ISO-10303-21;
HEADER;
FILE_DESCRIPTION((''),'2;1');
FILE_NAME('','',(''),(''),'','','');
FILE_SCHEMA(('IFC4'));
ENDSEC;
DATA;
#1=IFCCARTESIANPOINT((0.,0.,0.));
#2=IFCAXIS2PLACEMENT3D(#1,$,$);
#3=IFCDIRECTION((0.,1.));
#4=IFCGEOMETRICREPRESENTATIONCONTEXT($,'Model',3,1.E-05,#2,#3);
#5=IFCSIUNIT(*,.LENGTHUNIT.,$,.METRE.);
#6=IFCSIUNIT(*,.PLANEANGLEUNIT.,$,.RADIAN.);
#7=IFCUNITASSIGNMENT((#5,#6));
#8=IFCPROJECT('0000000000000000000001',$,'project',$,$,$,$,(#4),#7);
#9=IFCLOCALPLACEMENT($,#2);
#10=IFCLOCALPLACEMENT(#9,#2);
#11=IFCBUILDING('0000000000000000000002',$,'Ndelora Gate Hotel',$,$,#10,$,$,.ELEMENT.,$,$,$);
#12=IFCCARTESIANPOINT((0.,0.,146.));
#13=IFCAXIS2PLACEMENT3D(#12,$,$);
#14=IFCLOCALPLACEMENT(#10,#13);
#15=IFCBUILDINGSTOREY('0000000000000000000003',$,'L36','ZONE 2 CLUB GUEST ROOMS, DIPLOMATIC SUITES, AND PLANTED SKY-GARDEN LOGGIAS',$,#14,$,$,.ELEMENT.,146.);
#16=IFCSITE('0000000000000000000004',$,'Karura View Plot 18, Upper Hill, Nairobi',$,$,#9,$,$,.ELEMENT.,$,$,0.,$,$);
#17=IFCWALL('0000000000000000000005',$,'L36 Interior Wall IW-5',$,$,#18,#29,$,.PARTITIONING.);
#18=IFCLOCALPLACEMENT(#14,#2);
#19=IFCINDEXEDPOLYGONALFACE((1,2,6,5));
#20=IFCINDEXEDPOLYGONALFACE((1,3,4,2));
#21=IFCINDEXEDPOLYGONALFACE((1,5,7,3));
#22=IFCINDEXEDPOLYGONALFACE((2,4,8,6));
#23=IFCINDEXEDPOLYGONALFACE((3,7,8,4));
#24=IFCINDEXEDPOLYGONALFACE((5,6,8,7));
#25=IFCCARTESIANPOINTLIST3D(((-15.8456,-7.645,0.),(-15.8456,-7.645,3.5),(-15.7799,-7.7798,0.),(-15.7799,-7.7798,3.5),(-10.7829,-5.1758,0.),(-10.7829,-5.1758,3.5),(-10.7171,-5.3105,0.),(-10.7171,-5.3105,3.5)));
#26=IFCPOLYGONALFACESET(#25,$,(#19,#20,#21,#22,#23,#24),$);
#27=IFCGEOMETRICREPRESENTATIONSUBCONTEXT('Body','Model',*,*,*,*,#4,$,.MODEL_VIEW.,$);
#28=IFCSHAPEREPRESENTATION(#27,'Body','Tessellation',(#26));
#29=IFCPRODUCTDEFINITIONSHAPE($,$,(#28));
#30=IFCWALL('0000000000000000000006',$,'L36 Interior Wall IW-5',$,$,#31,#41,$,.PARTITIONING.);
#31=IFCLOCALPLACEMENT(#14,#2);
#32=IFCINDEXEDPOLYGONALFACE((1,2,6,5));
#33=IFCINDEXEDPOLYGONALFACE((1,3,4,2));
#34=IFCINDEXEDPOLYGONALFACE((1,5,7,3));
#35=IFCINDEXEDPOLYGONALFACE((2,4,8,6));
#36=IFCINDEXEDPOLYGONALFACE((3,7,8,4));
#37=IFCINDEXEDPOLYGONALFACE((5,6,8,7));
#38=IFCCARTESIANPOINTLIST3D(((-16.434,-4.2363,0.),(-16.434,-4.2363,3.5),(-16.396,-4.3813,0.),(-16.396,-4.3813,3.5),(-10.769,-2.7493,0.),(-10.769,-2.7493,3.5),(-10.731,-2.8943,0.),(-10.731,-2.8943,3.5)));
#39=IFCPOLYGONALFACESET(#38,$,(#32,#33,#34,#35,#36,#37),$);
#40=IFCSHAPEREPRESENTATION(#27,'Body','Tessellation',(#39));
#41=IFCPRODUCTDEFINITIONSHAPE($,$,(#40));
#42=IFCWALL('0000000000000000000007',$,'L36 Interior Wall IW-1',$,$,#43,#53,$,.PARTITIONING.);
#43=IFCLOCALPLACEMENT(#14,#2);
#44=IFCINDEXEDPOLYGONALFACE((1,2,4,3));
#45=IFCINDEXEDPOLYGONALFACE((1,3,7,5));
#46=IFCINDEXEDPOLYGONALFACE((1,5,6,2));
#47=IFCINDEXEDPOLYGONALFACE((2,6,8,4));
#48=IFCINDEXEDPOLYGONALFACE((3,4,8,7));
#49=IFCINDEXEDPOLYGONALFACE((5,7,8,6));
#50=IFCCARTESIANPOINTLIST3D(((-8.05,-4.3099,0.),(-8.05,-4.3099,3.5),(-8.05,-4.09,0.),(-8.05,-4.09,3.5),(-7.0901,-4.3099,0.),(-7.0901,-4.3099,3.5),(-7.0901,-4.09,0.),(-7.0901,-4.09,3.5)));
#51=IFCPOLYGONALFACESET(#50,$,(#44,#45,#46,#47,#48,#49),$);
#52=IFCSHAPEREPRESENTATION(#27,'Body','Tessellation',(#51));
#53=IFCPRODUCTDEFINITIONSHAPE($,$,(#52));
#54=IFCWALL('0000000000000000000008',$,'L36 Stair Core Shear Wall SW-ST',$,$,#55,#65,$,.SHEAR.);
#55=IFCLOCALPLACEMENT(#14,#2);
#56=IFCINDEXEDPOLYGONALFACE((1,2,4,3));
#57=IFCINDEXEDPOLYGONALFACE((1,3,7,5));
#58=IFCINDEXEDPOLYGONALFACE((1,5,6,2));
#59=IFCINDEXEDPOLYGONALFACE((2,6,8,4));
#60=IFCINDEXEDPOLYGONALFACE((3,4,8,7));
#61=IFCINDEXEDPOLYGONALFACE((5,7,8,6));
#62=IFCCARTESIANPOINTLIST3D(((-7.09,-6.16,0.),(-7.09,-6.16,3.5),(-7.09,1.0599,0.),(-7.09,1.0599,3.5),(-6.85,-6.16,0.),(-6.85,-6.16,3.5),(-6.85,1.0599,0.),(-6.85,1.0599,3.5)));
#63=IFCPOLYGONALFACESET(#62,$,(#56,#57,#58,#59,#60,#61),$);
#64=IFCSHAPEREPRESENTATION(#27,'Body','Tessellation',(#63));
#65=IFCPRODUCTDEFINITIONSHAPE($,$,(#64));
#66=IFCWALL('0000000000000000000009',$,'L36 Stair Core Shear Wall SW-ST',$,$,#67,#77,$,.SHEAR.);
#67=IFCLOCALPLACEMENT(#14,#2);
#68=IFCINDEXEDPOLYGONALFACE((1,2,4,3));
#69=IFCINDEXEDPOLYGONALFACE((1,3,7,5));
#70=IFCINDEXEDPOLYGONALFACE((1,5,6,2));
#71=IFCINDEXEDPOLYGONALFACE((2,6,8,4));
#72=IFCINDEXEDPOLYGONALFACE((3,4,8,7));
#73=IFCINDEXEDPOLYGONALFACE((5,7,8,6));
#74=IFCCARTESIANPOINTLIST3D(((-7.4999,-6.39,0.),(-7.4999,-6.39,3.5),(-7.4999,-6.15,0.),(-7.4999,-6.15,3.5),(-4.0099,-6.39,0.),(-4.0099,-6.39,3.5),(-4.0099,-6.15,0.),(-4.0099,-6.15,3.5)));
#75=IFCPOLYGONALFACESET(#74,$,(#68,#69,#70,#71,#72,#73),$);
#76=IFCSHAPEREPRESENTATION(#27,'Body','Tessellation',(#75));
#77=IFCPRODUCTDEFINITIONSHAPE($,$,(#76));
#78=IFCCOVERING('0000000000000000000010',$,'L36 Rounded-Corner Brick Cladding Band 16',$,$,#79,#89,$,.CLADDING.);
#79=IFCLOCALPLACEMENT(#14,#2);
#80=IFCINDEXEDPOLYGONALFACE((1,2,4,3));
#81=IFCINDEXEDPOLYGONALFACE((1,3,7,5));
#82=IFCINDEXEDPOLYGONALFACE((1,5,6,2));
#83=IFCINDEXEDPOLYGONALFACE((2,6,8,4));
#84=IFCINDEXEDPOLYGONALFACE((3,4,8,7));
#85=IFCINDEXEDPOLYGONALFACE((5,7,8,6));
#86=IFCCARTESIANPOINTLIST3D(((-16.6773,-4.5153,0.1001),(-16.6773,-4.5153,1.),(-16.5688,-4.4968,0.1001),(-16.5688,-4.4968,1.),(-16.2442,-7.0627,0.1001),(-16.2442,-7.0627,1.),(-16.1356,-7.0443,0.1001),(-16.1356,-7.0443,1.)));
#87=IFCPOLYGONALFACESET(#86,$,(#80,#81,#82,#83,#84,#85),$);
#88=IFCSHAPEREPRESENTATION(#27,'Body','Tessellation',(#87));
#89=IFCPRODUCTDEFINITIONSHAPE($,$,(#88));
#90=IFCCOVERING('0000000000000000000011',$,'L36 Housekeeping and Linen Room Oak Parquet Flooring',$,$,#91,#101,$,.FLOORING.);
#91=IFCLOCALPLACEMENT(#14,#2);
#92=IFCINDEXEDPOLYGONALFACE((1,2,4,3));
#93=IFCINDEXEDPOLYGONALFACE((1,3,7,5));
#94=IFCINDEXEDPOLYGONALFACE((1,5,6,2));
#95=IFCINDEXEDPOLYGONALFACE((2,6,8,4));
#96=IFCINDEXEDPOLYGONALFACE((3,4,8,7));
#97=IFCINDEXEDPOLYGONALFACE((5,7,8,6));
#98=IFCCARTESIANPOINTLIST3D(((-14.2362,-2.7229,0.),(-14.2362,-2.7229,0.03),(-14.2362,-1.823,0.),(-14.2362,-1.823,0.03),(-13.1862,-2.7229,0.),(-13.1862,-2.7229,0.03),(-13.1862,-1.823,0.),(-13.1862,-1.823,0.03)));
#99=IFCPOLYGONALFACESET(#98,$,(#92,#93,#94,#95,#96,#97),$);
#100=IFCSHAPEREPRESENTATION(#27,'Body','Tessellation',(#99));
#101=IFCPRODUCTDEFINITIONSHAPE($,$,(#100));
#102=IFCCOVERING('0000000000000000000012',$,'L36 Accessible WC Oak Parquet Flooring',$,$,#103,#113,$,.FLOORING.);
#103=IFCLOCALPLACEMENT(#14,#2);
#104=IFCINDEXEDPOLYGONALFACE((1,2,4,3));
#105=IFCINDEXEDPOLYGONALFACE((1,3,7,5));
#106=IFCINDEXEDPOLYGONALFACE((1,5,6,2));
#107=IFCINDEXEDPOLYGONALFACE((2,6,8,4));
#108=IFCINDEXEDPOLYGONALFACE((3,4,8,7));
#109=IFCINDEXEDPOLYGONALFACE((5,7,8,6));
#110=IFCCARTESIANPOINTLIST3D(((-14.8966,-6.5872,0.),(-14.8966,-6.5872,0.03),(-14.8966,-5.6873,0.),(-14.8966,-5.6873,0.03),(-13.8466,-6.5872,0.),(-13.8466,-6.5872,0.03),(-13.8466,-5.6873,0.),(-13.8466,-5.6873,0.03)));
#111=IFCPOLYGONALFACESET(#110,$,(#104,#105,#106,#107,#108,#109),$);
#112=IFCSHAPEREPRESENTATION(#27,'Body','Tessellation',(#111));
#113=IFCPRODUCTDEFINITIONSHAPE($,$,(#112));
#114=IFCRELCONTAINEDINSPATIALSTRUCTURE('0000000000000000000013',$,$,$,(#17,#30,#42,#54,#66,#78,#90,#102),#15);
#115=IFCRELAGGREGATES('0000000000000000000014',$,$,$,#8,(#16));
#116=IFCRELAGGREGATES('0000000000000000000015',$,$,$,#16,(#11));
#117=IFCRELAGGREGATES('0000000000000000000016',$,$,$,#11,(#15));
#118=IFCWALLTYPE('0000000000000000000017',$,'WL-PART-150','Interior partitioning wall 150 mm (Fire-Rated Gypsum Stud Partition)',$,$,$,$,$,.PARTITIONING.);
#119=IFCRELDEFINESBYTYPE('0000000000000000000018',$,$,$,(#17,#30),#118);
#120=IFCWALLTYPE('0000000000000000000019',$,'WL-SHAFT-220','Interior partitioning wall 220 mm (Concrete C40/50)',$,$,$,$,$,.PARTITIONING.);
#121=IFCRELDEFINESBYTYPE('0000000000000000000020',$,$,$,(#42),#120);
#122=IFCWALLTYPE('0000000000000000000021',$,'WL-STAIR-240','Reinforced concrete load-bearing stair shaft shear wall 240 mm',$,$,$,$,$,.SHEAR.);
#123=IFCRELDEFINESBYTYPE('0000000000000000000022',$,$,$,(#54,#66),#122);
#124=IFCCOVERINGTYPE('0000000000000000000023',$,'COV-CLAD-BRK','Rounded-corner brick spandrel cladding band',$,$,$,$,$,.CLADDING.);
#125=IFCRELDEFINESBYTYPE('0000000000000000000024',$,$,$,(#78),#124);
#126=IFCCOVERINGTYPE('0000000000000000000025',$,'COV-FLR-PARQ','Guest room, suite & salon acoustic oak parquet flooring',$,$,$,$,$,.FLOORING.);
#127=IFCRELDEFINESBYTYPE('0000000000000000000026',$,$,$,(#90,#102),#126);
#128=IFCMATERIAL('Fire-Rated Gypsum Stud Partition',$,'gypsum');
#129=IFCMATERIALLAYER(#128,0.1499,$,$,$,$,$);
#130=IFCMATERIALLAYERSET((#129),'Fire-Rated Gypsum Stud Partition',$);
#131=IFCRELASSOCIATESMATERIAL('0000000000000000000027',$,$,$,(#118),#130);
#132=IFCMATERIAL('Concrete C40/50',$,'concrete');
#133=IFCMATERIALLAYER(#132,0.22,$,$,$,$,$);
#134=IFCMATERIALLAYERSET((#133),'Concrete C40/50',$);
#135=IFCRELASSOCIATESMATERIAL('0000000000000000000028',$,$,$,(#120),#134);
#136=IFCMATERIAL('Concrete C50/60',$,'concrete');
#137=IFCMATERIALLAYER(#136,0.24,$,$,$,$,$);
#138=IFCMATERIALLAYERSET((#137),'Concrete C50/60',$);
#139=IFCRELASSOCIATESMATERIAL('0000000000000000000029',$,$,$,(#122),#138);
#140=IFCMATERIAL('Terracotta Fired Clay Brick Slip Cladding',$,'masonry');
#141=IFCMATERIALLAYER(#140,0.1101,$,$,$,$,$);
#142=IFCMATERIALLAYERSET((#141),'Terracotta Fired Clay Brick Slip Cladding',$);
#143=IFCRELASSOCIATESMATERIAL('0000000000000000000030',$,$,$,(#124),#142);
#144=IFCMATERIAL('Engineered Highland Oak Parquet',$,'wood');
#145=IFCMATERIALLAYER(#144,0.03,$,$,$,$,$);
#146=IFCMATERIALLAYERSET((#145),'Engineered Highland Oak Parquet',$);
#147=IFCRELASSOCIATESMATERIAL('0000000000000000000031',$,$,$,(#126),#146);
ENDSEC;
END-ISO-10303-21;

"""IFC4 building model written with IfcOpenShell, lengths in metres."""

from ifc_helpers import new_model, si_unit, direction, frame, frame_2d, origin, origin_2d, place, context, subcontext, project, spatial, rectangle, extrude, material, layer, layer_set, type_object, element, save


model = new_model("IFC4")

# Units and contexts
model_context = context("Model", 3, precision=1e-05, world=origin(), true_north=direction((0.0, 1.0)))
body_context = subcontext(model_context, "Body", "Model", "MODEL_VIEW")
ifc_project = project(units=[si_unit("LENGTHUNIT", "METRE"), si_unit("PLANEANGLEUNIT", "RADIAN")], contexts=[model_context])

# Site, building, storey
site_placement = place(None, origin())
site = spatial("IfcSite", under=ifc_project, at=site_placement, Name="Karura View Plot 18, Upper Hill, Nairobi", CompositionType="ELEMENT", RefElevation=0.0)
building_placement = place(site_placement, origin())
building = spatial("IfcBuilding", under=site, at=building_placement, Name="Ndelora Gate Hotel", CompositionType="ELEMENT")
storey_placement = place(building_placement, frame((0.0, 0.0, 146.0)))
storey = spatial("IfcBuildingStorey", under=building, at=storey_placement, Name="L36", Description="ZONE 2 CLUB GUEST ROOMS, DIPLOMATIC SUITES, AND PLANTED SKY-GARDEN LOGGIAS", CompositionType="ELEMENT", Elevation=146.0)

# Shared definitions
ifc_material_1 = material(Name="Fire-Rated Gypsum Stud Partition", Category="gypsum")
ifc_layer_1 = layer(ifc_material_1, 0.1499)
ifc_layer_set_1 = layer_set([ifc_layer_1], Name="Fire-Rated Gypsum Stud Partition")
wall_type_1 = type_object("IfcWallType", Name="WL-PART-150", Description="Interior partitioning wall 150 mm (Fire-Rated Gypsum Stud Partition)", PredefinedType="PARTITIONING", material=ifc_layer_set_1)

# Walls
wall_1_placement = place(storey_placement, frame((-10.75, -5.2432, 0.0), z_axis=(0.0, 0.0, 1.0), x_axis=(-0.898796, -0.438367, 0.0)))
element("IfcWall", 1, at=wall_1_placement, inside=storey, type_object=wall_type_1, Name="L36 Interior Wall IW-5", PredefinedType="PARTITIONING", context=body_context, shape_type="SweptSolid", body=[
    extrude(rectangle(XDim=5.6328, YDim=0.1499, at=frame_2d((2.8164, 0.0))), origin(), (0.0, 0.0, 1.0), 3.5),
])
wall_2_placement = place(storey_placement, frame((-10.75, -2.8218, 0.0), z_axis=(0.0, 0.0, 1.0), x_axis=(-0.967231, -0.253896, 0.0)))
element("IfcWall", 2, at=wall_2_placement, inside=storey, type_object=wall_type_1, Name="L36 Interior Wall IW-5", PredefinedType="PARTITIONING", context=body_context, shape_type="SweptSolid", body=[
    extrude(rectangle(XDim=5.8569, YDim=0.1499, at=frame_2d((2.9285, 0.0))), origin(), (0.0, 0.0, 1.0), 3.5),
])
ifc_material_2 = material(Name="Concrete C40/50", Category="concrete")
ifc_layer_2 = layer(ifc_material_2, 0.22)
ifc_layer_set_2 = layer_set([ifc_layer_2], Name="Concrete C40/50")
wall_type_2 = type_object("IfcWallType", Name="WL-SHAFT-220", Description="Interior partitioning wall 220 mm (Concrete C40/50)", PredefinedType="PARTITIONING", material=ifc_layer_set_2)
wall_3_placement = place(storey_placement, frame((-8.05, -4.2, 0.0), z_axis=(0.0, 0.0, 1.0), x_axis=(1.0, 0.0, 0.0)))
element("IfcWall", 3, at=wall_3_placement, inside=storey, type_object=wall_type_2, Name="L36 Interior Wall IW-1", PredefinedType="PARTITIONING", context=body_context, shape_type="SweptSolid", body=[
    extrude(rectangle(XDim=0.96, YDim=0.22, at=frame_2d((0.48, 0.0))), origin(), (0.0, 0.0, 1.0), 3.5),
])
ifc_material_3 = material(Name="Concrete C50/60", Category="concrete")
ifc_layer_3 = layer(ifc_material_3, 0.24)
ifc_layer_set_3 = layer_set([ifc_layer_3], Name="Concrete C50/60")
wall_type_3 = type_object("IfcWallType", Name="WL-STAIR-240", Description="Reinforced concrete load-bearing stair shaft shear wall 240 mm", PredefinedType="SHEAR", material=ifc_layer_set_3)
wall_4_placement = place(storey_placement, frame((-6.97, -6.1599, 0.0), z_axis=(0.0, 0.0, 1.0), x_axis=(0.0, 1.0, 0.0)))
element("IfcWall", 4, at=wall_4_placement, inside=storey, type_object=wall_type_3, Name="L36 Stair Core Shear Wall SW-ST", PredefinedType="SHEAR", context=body_context, shape_type="SweptSolid", body=[
    extrude(rectangle(XDim=7.22, YDim=0.24, at=frame_2d((3.6099, 0.0))), origin(), (0.0, 0.0, 1.0), 3.5),
])
wall_5_placement = place(storey_placement, frame((-7.5, -6.27, 0.0), z_axis=(0.0, 0.0, 1.0), x_axis=(1.0, 0.0, 0.0)))
element("IfcWall", 5, at=wall_5_placement, inside=storey, type_object=wall_type_3, Name="L36 Stair Core Shear Wall SW-ST", PredefinedType="SHEAR", context=body_context, shape_type="SweptSolid", body=[
    extrude(rectangle(XDim=3.49, YDim=0.24, at=frame_2d((1.7451, 0.0))), origin(), (0.0, 0.0, 1.0), 3.5),
])

# Coverings
ifc_material_4 = material(Name="Terracotta Fired Clay Brick Slip Cladding", Category="masonry")
ifc_layer_4 = layer(ifc_material_4, 0.1101)
ifc_layer_set_4 = layer_set([ifc_layer_4], Name="Terracotta Fired Clay Brick Slip Cladding")
covering_type_1 = type_object("IfcCoveringType", Name="COV-CLAD-BRK", Description="Rounded-corner brick spandrel cladding band", PredefinedType="CLADDING", material=ifc_layer_set_4)
covering_placement = place(storey_placement, frame((-16.4065, -5.7798, 0.1001), z_axis=(0.0, 0.0, 1.0), x_axis=(-0.167629, 0.98585, 0.0)))
element("IfcCovering", 6, at=covering_placement, inside=storey, type_object=covering_type_1, Name="L36 Rounded-Corner Brick Cladding Band 16", PredefinedType="CLADDING", context=body_context, shape_type="SweptSolid", body=[
    extrude(rectangle(XDim=2.584, YDim=0.1101, at=origin_2d()), origin(), (0.0, 0.0, 1.0), 0.8999),
])
ifc_material_5 = material(Name="Engineered Highland Oak Parquet", Category="wood")
ifc_layer_5 = layer(ifc_material_5, 0.03)
ifc_layer_set_5 = layer_set([ifc_layer_5], Name="Engineered Highland Oak Parquet")
covering_type_2 = type_object("IfcCoveringType", Name="COV-FLR-PARQ", Description="Guest room, suite & salon acoustic oak parquet flooring", PredefinedType="FLOORING", material=ifc_layer_set_5)
for number, where, z_axis, x_axis, name in (
    (7, (-13.7112, -2.2729, 0.0), (0.0, 0.0, 1.0), (1.0, 0.0, 0.0), "L36 Housekeeping and Linen Room Oak Parquet Flooring"),
    (8, (-14.3716, -6.1372, 0.0), (0.0, 0.0, 1.0), (1.0, 0.0, 0.0), "L36 Accessible WC Oak Parquet Flooring"),
):
    element("IfcCovering", number, at=place(storey_placement, frame(where, z_axis=z_axis, x_axis=x_axis)), inside=storey, type_object=covering_type_2, Name=name, PredefinedType="FLOORING", context=body_context, shape_type="SweptSolid", body=[
        extrude(rectangle(XDim=1.05, YDim=0.8999, at=origin_2d()), origin(), (0.0, 0.0, 1.0), 0.03),
    ])

save(model, "model.ifc")
